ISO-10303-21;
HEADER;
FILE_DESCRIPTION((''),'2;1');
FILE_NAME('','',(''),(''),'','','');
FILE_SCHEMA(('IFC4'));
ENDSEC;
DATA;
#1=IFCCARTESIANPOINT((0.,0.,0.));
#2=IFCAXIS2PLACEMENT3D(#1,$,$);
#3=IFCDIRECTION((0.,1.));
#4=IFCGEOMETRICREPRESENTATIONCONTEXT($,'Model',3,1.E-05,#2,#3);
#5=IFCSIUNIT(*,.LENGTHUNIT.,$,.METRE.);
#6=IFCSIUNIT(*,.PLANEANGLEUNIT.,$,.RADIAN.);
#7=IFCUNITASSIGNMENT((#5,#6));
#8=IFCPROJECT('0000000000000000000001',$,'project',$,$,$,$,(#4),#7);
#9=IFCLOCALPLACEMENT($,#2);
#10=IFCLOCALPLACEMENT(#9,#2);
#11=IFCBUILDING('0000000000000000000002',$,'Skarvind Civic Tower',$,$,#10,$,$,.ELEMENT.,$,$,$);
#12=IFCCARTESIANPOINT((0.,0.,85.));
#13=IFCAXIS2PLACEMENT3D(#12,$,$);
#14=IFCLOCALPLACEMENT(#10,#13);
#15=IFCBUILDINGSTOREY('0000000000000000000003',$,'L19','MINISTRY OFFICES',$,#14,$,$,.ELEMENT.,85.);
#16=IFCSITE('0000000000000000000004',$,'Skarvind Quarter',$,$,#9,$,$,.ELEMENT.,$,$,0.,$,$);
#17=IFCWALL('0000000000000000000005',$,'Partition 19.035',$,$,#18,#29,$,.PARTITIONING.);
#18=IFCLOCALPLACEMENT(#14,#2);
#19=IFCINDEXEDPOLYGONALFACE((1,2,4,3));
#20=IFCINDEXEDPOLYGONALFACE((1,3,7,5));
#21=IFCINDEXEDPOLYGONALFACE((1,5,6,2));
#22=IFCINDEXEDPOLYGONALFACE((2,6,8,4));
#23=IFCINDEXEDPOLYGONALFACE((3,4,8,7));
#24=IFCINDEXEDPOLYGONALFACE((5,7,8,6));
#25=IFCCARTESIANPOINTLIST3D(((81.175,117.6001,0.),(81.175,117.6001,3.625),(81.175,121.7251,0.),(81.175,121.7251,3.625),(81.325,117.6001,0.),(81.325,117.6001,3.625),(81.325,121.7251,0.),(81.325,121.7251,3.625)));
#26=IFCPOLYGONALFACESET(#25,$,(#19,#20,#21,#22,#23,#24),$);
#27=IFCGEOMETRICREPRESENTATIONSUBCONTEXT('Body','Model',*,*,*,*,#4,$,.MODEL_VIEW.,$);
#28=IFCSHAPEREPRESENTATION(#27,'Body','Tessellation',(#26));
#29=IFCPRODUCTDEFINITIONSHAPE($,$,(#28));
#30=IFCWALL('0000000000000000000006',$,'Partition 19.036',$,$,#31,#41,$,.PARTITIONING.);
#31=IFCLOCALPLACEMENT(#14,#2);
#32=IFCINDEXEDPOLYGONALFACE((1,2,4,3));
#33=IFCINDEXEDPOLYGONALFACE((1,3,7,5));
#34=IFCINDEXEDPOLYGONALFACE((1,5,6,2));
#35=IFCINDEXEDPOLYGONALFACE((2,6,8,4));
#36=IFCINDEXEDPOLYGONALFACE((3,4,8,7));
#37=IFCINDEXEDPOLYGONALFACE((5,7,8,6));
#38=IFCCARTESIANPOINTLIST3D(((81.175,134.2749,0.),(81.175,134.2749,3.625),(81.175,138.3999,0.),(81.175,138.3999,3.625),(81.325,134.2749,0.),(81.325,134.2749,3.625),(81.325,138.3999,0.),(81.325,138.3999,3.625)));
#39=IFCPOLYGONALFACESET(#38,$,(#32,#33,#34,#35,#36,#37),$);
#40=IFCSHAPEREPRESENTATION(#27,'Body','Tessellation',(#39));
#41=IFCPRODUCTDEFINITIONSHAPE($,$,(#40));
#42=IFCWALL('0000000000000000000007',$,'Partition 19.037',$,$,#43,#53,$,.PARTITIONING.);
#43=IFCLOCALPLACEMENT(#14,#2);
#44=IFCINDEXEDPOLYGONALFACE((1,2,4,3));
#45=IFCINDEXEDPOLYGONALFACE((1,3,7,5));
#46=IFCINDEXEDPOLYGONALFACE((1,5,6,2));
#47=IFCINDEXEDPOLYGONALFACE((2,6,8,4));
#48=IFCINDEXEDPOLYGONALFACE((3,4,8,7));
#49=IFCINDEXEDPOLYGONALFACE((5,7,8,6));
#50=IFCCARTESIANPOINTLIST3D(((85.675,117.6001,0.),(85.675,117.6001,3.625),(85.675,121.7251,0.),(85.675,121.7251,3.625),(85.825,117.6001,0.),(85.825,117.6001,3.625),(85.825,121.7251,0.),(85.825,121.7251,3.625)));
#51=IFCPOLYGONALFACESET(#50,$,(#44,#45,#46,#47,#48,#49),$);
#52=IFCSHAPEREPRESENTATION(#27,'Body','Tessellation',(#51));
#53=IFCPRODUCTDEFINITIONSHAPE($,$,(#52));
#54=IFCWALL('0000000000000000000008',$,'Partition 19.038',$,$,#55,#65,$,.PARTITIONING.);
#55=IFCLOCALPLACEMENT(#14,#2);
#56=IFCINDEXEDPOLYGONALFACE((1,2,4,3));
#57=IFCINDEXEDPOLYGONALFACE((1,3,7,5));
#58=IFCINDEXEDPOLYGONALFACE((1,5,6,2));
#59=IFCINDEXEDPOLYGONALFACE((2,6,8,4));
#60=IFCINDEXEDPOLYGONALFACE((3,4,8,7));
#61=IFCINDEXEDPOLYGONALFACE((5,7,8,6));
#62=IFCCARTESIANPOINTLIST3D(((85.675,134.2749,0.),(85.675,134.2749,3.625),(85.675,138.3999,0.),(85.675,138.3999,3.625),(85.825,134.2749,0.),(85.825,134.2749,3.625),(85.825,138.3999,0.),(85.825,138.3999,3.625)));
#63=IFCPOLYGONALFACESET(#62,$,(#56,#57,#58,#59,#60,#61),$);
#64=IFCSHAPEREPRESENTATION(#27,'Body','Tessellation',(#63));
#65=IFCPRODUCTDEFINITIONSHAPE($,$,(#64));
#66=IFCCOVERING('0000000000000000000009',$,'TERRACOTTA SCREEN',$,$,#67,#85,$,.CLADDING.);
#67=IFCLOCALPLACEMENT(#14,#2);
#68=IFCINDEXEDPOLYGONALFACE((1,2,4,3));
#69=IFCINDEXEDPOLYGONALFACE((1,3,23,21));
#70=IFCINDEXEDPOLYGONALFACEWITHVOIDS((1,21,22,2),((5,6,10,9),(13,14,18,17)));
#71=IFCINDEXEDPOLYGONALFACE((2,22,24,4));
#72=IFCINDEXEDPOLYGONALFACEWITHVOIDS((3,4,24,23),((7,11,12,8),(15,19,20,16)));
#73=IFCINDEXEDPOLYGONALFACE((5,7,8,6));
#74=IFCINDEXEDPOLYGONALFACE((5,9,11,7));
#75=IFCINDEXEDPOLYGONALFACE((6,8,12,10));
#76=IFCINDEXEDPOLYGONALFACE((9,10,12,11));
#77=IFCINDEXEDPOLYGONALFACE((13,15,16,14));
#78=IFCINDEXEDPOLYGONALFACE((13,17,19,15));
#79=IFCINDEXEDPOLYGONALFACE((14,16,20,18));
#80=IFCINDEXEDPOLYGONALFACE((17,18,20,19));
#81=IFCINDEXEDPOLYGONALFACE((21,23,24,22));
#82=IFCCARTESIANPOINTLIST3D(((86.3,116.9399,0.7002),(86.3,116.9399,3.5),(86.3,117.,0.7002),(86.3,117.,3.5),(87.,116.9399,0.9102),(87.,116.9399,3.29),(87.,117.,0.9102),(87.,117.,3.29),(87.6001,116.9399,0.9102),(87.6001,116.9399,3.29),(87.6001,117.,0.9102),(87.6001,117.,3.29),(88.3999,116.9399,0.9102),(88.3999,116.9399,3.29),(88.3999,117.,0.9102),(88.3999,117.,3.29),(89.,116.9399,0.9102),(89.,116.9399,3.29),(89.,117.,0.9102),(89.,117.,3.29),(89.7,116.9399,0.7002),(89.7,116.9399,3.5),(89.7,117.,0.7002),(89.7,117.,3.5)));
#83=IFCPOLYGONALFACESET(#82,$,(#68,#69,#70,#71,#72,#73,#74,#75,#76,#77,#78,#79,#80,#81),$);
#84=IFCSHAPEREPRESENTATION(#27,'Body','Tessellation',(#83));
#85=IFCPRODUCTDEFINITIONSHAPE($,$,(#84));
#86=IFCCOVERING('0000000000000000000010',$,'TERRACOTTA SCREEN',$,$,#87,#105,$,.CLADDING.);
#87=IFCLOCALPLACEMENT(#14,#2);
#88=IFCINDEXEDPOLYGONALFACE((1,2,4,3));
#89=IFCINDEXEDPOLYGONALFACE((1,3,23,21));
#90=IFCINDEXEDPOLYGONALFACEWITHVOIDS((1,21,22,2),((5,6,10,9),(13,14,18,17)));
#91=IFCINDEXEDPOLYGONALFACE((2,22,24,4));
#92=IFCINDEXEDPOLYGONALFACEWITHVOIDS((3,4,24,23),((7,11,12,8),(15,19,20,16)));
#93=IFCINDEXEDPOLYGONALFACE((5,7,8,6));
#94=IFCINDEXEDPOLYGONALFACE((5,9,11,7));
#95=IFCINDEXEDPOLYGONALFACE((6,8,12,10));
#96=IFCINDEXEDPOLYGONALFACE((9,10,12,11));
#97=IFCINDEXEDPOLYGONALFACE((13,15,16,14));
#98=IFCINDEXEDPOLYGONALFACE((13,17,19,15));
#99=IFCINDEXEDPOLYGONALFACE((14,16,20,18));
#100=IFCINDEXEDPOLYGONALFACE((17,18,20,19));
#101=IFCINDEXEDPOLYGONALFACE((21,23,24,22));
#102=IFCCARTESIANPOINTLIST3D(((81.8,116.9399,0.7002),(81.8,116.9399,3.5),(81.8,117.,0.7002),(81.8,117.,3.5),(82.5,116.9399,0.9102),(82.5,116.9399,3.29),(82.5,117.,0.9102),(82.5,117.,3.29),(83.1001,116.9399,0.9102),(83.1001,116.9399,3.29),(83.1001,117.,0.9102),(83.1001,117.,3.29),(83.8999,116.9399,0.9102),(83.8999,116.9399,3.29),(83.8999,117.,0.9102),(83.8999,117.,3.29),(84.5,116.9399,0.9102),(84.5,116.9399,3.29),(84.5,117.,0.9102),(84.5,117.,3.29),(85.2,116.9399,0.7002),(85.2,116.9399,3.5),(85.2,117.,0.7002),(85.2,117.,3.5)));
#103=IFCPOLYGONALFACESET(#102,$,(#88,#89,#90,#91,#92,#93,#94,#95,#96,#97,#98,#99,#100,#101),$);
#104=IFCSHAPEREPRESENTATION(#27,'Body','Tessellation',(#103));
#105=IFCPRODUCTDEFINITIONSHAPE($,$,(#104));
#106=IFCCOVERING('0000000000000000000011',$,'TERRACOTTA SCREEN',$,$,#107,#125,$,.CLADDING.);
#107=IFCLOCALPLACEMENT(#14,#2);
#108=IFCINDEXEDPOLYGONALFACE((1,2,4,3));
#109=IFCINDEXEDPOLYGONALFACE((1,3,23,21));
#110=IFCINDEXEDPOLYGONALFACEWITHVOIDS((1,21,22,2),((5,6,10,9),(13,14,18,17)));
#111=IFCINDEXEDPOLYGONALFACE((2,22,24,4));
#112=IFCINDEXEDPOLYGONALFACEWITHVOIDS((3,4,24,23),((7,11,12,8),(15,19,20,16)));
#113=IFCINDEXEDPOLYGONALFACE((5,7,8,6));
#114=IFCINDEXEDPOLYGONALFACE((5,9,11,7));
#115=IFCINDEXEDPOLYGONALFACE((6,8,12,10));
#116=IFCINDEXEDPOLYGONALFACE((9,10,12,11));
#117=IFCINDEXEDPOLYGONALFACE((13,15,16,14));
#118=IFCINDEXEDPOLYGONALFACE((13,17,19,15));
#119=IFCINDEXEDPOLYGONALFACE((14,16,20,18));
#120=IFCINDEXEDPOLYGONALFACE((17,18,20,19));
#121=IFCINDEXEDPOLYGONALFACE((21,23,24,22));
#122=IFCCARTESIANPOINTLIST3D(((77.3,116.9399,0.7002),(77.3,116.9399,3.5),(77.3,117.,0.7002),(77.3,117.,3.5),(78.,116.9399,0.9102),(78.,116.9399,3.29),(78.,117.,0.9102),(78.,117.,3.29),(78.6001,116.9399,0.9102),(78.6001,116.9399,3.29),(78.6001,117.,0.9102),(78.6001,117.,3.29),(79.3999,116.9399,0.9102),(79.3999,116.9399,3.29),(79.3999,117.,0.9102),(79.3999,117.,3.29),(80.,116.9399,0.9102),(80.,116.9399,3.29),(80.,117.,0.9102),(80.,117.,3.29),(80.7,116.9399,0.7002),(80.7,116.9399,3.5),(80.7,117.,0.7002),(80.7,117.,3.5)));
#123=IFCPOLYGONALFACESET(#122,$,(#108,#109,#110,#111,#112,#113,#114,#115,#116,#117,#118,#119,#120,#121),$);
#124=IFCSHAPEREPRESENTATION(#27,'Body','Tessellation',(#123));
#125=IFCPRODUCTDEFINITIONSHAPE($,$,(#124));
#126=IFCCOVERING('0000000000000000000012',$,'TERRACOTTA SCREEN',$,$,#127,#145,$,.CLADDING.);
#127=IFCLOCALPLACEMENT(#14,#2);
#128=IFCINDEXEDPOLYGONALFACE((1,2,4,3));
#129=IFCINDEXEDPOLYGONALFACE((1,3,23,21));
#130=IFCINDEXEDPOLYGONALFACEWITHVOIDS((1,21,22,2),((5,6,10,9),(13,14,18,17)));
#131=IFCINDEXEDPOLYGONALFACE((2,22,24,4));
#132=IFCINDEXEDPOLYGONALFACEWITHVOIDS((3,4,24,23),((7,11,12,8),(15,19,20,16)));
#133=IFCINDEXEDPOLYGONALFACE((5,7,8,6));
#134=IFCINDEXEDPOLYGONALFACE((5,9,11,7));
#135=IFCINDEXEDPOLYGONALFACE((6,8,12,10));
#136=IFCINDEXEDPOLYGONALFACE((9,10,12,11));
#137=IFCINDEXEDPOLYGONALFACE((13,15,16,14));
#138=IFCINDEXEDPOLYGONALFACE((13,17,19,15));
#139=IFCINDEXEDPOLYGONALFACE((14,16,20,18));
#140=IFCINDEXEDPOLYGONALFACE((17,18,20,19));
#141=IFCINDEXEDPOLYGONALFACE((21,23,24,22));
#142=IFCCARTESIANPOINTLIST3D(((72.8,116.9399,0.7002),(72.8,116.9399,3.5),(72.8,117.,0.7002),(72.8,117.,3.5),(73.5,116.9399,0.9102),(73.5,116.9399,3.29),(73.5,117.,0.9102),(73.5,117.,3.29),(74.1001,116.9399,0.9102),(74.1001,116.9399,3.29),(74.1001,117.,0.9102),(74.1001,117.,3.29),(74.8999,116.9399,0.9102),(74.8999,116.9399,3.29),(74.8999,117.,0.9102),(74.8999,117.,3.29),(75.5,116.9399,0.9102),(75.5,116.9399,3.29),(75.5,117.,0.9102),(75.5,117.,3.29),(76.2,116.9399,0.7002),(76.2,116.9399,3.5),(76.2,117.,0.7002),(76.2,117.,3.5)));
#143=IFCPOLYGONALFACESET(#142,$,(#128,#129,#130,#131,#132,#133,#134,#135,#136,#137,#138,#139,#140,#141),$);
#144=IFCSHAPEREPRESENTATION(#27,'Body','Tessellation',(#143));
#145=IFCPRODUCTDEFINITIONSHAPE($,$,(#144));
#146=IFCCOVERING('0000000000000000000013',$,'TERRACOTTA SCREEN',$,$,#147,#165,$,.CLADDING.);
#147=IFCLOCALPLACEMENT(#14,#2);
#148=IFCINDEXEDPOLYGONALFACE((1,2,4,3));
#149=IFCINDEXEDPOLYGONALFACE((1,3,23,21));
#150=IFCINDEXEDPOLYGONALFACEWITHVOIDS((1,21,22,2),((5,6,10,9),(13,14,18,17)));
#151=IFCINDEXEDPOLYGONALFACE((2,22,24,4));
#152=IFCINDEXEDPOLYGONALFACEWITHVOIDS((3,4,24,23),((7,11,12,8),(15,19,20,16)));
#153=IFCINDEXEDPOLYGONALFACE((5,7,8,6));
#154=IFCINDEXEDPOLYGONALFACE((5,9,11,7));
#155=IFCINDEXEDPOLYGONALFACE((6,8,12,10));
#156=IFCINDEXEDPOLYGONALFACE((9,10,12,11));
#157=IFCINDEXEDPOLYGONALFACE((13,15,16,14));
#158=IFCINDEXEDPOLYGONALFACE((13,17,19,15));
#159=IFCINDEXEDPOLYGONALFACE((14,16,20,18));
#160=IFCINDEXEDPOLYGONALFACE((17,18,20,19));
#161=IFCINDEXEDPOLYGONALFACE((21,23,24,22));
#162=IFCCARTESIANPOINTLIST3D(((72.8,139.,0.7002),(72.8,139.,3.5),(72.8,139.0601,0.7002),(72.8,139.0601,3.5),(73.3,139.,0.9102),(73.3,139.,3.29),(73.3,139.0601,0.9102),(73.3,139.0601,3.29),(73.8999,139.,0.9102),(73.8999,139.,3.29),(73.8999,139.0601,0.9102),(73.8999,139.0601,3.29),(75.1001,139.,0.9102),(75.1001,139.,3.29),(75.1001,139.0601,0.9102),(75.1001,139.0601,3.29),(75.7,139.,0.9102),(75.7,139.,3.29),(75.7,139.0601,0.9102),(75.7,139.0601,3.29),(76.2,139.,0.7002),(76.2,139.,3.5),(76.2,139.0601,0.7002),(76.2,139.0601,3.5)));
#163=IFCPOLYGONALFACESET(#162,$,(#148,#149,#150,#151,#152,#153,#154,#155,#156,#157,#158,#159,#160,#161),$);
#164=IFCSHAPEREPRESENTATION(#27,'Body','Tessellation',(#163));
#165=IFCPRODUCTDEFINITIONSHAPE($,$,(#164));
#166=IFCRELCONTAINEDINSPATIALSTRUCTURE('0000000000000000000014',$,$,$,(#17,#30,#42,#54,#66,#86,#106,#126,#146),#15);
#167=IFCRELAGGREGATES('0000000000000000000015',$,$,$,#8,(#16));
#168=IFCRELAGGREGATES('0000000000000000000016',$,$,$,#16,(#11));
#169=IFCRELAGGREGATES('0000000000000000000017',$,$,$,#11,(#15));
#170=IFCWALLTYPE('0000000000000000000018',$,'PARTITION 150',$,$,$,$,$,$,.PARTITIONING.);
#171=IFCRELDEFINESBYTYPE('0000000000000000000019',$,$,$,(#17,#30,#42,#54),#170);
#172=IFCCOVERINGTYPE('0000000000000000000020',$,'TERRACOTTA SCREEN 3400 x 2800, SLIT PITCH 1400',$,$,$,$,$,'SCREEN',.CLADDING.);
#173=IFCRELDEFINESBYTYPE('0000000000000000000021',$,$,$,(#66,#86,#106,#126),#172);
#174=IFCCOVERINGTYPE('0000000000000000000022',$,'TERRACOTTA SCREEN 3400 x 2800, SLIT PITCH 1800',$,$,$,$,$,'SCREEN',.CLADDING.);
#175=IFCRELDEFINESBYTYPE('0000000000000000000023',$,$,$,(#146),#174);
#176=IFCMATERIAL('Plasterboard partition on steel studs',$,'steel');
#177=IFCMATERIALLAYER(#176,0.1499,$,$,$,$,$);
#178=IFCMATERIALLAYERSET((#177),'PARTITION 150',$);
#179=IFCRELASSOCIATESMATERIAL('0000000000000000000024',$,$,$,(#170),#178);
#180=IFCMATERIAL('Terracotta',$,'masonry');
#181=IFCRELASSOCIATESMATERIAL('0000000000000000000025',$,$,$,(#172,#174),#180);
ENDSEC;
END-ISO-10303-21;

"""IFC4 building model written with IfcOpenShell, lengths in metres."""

from ifc_helpers import new_model, si_unit, direction, frame, frame_2d, origin, place, context, subcontext, project, spatial, polyline, rectangle, outline, extrude, material, layer, layer_set, material_profile, profile_set, type_object, element, save


model = new_model("IFC4")

# Units and contexts
model_context = context("Model", 3, precision=1e-05, world=origin(), true_north=direction((0.0, 1.0)))
body_context = subcontext(model_context, "Body", "Model", "MODEL_VIEW")
ifc_project = project(units=[si_unit("LENGTHUNIT", "METRE"), si_unit("PLANEANGLEUNIT", "RADIAN")], contexts=[model_context])

# Site, building, storey
site_placement = place(None, origin())
site = spatial("IfcSite", under=ifc_project, at=site_placement, Name="Skarvind Quarter", CompositionType="ELEMENT", RefElevation=0.0)
building_placement = place(site_placement, origin())
building = spatial("IfcBuilding", under=site, at=building_placement, Name="Skarvind Civic Tower", CompositionType="ELEMENT")
storey_placement = place(building_placement, frame((0.0, 0.0, 85.0)))
storey = spatial("IfcBuildingStorey", under=building, at=storey_placement, Name="L19", Description="MINISTRY OFFICES", CompositionType="ELEMENT", Elevation=85.0)

# Walls
ifc_material_1 = material(Name="Plasterboard partition on steel studs", Category="steel")
ifc_layer_1 = layer(ifc_material_1, 0.1499)
ifc_layer_set_1 = layer_set([ifc_layer_1], Name="PARTITION 150")
wall_type_1 = type_object("IfcWallType", Name="PARTITION 150", PredefinedType="PARTITIONING", material=ifc_layer_set_1)
for number, where, z_axis, x_axis, name in (
    (1, (81.25, 117.6001, 0.0), (0.0, 0.0, 1.0), (0.0, 1.0, 0.0), "Partition 19.035"),
    (2, (81.25, 134.2749, 0.0), (0.0, 0.0, 1.0), (0.0, 1.0, 0.0), "Partition 19.036"),
    (3, (85.75, 117.6001, 0.0), (0.0, 0.0, 1.0), (0.0, 1.0, 0.0), "Partition 19.037"),
    (4, (85.75, 134.2749, 0.0), (0.0, 0.0, 1.0), (0.0, 1.0, 0.0), "Partition 19.038"),
):
    element("IfcWall", number, at=place(storey_placement, frame(where, z_axis=z_axis, x_axis=x_axis)), inside=storey, type_object=wall_type_1, Name=name, PredefinedType="PARTITIONING", context=body_context, shape_type="SweptSolid", body=[
        extrude(rectangle(XDim=4.125, YDim=0.1499, at=frame_2d((2.0625, 0.0))), origin(), (0.0, 0.0, 1.0), 3.625),
    ])

# Coverings
ifc_material_2 = material(Name="Terracotta", Category="masonry")
ifc_material_profile_1 = material_profile(ifc_material_2, outline(polyline([(-1.7, -1.3999), (1.7, -1.3999), (1.7, 1.3999), (-1.7, 1.3999), (-1.7, -1.3999)]), holes=[polyline([(-1.0, -1.1899), (-0.3999, -1.1899), (-0.3999, 1.1899), (-1.0, 1.1899), (-1.0, -1.1899)]), polyline([(0.3999, -1.1899), (1.0, -1.1899), (1.0, 1.1899), (0.3999, 1.1899), (0.3999, -1.1899)])]), Name="TERRACOTTA SCREEN 3400 x 2800, SLIT PITCH 1400")
ifc_profile_set_1 = profile_set([ifc_material_profile_1], Name="Terracotta")
covering_type_1 = type_object("IfcCoveringType", Name="TERRACOTTA SCREEN 3400 x 2800, SLIT PITCH 1400", ElementType="SCREEN", PredefinedType="CLADDING", material=ifc_profile_set_1)
for number, where, z_axis, x_axis, name in (
    (5, (88.0, 117.0, 2.1001), (0.0, -1.0, 0.0), (1.0, 0.0, 0.0), "TERRACOTTA SCREEN"),
    (6, (83.5, 117.0, 2.1001), (0.0, -1.0, 0.0), (1.0, 0.0, 0.0), "TERRACOTTA SCREEN"),
    (7, (79.0, 117.0, 2.1001), (0.0, -1.0, 0.0), (1.0, 0.0, 0.0), "TERRACOTTA SCREEN"),
    (8, (74.5, 117.0, 2.1001), (0.0, -1.0, 0.0), (1.0, 0.0, 0.0), "TERRACOTTA SCREEN"),
):
    element("IfcCovering", number, at=place(storey_placement, frame(where, z_axis=z_axis, x_axis=x_axis)), inside=storey, type_object=covering_type_1, Name=name, PredefinedType="CLADDING", context=body_context, shape_type="SweptSolid", body=[
        extrude(outline(polyline([(-1.7, -1.3999), (1.7, -1.3999), (1.7, 1.3999), (-1.7, 1.3999), (-1.7, -1.3999)]), holes=[polyline([(-1.0, -1.1899), (-0.3999, -1.1899), (-0.3999, 1.1899), (-1.0, 1.1899), (-1.0, -1.1899)]), polyline([(0.3999, -1.1899), (1.0, -1.1899), (1.0, 1.1899), (0.3999, 1.1899), (0.3999, -1.1899)])]), origin(), (0.0, 0.0, 1.0), 0.0601),
    ])
ifc_material_profile_2 = material_profile(ifc_material_2, outline(polyline([(-1.7, -1.3999), (1.7, -1.3999), (1.7, 1.3999), (-1.7, 1.3999), (-1.7, -1.3999)]), holes=[polyline([(-1.2, -1.1899), (-0.6001, -1.1899), (-0.6001, 1.1899), (-1.2, 1.1899), (-1.2, -1.1899)]), polyline([(0.6001, -1.1899), (1.2, -1.1899), (1.2, 1.1899), (0.6001, 1.1899), (0.6001, -1.1899)])]), Name="TERRACOTTA SCREEN 3400 x 2800, SLIT PITCH 1800")
ifc_profile_set_2 = profile_set([ifc_material_profile_2], Name="Terracotta")
covering_type_2 = type_object("IfcCoveringType", Name="TERRACOTTA SCREEN 3400 x 2800, SLIT PITCH 1800", ElementType="SCREEN", PredefinedType="CLADDING", material=ifc_profile_set_2)
covering_placement = place(storey_placement, frame((74.5, 139.0, 2.1001), z_axis=(0.0, 1.0, 0.0), x_axis=(-1.0, 0.0, 0.0)))
element("IfcCovering", 9, at=covering_placement, inside=storey, type_object=covering_type_2, Name="TERRACOTTA SCREEN", PredefinedType="CLADDING", context=body_context, shape_type="SweptSolid", body=[
    extrude(outline(polyline([(-1.7, -1.3999), (1.7, -1.3999), (1.7, 1.3999), (-1.7, 1.3999), (-1.7, -1.3999)]), holes=[polyline([(-1.2, -1.1899), (-0.6001, -1.1899), (-0.6001, 1.1899), (-1.2, 1.1899), (-1.2, -1.1899)]), polyline([(0.6001, -1.1899), (1.2, -1.1899), (1.2, 1.1899), (0.6001, 1.1899), (0.6001, -1.1899)])]), origin(), (0.0, 0.0, 1.0), 0.0601),
])

save(model, "model.ifc")
